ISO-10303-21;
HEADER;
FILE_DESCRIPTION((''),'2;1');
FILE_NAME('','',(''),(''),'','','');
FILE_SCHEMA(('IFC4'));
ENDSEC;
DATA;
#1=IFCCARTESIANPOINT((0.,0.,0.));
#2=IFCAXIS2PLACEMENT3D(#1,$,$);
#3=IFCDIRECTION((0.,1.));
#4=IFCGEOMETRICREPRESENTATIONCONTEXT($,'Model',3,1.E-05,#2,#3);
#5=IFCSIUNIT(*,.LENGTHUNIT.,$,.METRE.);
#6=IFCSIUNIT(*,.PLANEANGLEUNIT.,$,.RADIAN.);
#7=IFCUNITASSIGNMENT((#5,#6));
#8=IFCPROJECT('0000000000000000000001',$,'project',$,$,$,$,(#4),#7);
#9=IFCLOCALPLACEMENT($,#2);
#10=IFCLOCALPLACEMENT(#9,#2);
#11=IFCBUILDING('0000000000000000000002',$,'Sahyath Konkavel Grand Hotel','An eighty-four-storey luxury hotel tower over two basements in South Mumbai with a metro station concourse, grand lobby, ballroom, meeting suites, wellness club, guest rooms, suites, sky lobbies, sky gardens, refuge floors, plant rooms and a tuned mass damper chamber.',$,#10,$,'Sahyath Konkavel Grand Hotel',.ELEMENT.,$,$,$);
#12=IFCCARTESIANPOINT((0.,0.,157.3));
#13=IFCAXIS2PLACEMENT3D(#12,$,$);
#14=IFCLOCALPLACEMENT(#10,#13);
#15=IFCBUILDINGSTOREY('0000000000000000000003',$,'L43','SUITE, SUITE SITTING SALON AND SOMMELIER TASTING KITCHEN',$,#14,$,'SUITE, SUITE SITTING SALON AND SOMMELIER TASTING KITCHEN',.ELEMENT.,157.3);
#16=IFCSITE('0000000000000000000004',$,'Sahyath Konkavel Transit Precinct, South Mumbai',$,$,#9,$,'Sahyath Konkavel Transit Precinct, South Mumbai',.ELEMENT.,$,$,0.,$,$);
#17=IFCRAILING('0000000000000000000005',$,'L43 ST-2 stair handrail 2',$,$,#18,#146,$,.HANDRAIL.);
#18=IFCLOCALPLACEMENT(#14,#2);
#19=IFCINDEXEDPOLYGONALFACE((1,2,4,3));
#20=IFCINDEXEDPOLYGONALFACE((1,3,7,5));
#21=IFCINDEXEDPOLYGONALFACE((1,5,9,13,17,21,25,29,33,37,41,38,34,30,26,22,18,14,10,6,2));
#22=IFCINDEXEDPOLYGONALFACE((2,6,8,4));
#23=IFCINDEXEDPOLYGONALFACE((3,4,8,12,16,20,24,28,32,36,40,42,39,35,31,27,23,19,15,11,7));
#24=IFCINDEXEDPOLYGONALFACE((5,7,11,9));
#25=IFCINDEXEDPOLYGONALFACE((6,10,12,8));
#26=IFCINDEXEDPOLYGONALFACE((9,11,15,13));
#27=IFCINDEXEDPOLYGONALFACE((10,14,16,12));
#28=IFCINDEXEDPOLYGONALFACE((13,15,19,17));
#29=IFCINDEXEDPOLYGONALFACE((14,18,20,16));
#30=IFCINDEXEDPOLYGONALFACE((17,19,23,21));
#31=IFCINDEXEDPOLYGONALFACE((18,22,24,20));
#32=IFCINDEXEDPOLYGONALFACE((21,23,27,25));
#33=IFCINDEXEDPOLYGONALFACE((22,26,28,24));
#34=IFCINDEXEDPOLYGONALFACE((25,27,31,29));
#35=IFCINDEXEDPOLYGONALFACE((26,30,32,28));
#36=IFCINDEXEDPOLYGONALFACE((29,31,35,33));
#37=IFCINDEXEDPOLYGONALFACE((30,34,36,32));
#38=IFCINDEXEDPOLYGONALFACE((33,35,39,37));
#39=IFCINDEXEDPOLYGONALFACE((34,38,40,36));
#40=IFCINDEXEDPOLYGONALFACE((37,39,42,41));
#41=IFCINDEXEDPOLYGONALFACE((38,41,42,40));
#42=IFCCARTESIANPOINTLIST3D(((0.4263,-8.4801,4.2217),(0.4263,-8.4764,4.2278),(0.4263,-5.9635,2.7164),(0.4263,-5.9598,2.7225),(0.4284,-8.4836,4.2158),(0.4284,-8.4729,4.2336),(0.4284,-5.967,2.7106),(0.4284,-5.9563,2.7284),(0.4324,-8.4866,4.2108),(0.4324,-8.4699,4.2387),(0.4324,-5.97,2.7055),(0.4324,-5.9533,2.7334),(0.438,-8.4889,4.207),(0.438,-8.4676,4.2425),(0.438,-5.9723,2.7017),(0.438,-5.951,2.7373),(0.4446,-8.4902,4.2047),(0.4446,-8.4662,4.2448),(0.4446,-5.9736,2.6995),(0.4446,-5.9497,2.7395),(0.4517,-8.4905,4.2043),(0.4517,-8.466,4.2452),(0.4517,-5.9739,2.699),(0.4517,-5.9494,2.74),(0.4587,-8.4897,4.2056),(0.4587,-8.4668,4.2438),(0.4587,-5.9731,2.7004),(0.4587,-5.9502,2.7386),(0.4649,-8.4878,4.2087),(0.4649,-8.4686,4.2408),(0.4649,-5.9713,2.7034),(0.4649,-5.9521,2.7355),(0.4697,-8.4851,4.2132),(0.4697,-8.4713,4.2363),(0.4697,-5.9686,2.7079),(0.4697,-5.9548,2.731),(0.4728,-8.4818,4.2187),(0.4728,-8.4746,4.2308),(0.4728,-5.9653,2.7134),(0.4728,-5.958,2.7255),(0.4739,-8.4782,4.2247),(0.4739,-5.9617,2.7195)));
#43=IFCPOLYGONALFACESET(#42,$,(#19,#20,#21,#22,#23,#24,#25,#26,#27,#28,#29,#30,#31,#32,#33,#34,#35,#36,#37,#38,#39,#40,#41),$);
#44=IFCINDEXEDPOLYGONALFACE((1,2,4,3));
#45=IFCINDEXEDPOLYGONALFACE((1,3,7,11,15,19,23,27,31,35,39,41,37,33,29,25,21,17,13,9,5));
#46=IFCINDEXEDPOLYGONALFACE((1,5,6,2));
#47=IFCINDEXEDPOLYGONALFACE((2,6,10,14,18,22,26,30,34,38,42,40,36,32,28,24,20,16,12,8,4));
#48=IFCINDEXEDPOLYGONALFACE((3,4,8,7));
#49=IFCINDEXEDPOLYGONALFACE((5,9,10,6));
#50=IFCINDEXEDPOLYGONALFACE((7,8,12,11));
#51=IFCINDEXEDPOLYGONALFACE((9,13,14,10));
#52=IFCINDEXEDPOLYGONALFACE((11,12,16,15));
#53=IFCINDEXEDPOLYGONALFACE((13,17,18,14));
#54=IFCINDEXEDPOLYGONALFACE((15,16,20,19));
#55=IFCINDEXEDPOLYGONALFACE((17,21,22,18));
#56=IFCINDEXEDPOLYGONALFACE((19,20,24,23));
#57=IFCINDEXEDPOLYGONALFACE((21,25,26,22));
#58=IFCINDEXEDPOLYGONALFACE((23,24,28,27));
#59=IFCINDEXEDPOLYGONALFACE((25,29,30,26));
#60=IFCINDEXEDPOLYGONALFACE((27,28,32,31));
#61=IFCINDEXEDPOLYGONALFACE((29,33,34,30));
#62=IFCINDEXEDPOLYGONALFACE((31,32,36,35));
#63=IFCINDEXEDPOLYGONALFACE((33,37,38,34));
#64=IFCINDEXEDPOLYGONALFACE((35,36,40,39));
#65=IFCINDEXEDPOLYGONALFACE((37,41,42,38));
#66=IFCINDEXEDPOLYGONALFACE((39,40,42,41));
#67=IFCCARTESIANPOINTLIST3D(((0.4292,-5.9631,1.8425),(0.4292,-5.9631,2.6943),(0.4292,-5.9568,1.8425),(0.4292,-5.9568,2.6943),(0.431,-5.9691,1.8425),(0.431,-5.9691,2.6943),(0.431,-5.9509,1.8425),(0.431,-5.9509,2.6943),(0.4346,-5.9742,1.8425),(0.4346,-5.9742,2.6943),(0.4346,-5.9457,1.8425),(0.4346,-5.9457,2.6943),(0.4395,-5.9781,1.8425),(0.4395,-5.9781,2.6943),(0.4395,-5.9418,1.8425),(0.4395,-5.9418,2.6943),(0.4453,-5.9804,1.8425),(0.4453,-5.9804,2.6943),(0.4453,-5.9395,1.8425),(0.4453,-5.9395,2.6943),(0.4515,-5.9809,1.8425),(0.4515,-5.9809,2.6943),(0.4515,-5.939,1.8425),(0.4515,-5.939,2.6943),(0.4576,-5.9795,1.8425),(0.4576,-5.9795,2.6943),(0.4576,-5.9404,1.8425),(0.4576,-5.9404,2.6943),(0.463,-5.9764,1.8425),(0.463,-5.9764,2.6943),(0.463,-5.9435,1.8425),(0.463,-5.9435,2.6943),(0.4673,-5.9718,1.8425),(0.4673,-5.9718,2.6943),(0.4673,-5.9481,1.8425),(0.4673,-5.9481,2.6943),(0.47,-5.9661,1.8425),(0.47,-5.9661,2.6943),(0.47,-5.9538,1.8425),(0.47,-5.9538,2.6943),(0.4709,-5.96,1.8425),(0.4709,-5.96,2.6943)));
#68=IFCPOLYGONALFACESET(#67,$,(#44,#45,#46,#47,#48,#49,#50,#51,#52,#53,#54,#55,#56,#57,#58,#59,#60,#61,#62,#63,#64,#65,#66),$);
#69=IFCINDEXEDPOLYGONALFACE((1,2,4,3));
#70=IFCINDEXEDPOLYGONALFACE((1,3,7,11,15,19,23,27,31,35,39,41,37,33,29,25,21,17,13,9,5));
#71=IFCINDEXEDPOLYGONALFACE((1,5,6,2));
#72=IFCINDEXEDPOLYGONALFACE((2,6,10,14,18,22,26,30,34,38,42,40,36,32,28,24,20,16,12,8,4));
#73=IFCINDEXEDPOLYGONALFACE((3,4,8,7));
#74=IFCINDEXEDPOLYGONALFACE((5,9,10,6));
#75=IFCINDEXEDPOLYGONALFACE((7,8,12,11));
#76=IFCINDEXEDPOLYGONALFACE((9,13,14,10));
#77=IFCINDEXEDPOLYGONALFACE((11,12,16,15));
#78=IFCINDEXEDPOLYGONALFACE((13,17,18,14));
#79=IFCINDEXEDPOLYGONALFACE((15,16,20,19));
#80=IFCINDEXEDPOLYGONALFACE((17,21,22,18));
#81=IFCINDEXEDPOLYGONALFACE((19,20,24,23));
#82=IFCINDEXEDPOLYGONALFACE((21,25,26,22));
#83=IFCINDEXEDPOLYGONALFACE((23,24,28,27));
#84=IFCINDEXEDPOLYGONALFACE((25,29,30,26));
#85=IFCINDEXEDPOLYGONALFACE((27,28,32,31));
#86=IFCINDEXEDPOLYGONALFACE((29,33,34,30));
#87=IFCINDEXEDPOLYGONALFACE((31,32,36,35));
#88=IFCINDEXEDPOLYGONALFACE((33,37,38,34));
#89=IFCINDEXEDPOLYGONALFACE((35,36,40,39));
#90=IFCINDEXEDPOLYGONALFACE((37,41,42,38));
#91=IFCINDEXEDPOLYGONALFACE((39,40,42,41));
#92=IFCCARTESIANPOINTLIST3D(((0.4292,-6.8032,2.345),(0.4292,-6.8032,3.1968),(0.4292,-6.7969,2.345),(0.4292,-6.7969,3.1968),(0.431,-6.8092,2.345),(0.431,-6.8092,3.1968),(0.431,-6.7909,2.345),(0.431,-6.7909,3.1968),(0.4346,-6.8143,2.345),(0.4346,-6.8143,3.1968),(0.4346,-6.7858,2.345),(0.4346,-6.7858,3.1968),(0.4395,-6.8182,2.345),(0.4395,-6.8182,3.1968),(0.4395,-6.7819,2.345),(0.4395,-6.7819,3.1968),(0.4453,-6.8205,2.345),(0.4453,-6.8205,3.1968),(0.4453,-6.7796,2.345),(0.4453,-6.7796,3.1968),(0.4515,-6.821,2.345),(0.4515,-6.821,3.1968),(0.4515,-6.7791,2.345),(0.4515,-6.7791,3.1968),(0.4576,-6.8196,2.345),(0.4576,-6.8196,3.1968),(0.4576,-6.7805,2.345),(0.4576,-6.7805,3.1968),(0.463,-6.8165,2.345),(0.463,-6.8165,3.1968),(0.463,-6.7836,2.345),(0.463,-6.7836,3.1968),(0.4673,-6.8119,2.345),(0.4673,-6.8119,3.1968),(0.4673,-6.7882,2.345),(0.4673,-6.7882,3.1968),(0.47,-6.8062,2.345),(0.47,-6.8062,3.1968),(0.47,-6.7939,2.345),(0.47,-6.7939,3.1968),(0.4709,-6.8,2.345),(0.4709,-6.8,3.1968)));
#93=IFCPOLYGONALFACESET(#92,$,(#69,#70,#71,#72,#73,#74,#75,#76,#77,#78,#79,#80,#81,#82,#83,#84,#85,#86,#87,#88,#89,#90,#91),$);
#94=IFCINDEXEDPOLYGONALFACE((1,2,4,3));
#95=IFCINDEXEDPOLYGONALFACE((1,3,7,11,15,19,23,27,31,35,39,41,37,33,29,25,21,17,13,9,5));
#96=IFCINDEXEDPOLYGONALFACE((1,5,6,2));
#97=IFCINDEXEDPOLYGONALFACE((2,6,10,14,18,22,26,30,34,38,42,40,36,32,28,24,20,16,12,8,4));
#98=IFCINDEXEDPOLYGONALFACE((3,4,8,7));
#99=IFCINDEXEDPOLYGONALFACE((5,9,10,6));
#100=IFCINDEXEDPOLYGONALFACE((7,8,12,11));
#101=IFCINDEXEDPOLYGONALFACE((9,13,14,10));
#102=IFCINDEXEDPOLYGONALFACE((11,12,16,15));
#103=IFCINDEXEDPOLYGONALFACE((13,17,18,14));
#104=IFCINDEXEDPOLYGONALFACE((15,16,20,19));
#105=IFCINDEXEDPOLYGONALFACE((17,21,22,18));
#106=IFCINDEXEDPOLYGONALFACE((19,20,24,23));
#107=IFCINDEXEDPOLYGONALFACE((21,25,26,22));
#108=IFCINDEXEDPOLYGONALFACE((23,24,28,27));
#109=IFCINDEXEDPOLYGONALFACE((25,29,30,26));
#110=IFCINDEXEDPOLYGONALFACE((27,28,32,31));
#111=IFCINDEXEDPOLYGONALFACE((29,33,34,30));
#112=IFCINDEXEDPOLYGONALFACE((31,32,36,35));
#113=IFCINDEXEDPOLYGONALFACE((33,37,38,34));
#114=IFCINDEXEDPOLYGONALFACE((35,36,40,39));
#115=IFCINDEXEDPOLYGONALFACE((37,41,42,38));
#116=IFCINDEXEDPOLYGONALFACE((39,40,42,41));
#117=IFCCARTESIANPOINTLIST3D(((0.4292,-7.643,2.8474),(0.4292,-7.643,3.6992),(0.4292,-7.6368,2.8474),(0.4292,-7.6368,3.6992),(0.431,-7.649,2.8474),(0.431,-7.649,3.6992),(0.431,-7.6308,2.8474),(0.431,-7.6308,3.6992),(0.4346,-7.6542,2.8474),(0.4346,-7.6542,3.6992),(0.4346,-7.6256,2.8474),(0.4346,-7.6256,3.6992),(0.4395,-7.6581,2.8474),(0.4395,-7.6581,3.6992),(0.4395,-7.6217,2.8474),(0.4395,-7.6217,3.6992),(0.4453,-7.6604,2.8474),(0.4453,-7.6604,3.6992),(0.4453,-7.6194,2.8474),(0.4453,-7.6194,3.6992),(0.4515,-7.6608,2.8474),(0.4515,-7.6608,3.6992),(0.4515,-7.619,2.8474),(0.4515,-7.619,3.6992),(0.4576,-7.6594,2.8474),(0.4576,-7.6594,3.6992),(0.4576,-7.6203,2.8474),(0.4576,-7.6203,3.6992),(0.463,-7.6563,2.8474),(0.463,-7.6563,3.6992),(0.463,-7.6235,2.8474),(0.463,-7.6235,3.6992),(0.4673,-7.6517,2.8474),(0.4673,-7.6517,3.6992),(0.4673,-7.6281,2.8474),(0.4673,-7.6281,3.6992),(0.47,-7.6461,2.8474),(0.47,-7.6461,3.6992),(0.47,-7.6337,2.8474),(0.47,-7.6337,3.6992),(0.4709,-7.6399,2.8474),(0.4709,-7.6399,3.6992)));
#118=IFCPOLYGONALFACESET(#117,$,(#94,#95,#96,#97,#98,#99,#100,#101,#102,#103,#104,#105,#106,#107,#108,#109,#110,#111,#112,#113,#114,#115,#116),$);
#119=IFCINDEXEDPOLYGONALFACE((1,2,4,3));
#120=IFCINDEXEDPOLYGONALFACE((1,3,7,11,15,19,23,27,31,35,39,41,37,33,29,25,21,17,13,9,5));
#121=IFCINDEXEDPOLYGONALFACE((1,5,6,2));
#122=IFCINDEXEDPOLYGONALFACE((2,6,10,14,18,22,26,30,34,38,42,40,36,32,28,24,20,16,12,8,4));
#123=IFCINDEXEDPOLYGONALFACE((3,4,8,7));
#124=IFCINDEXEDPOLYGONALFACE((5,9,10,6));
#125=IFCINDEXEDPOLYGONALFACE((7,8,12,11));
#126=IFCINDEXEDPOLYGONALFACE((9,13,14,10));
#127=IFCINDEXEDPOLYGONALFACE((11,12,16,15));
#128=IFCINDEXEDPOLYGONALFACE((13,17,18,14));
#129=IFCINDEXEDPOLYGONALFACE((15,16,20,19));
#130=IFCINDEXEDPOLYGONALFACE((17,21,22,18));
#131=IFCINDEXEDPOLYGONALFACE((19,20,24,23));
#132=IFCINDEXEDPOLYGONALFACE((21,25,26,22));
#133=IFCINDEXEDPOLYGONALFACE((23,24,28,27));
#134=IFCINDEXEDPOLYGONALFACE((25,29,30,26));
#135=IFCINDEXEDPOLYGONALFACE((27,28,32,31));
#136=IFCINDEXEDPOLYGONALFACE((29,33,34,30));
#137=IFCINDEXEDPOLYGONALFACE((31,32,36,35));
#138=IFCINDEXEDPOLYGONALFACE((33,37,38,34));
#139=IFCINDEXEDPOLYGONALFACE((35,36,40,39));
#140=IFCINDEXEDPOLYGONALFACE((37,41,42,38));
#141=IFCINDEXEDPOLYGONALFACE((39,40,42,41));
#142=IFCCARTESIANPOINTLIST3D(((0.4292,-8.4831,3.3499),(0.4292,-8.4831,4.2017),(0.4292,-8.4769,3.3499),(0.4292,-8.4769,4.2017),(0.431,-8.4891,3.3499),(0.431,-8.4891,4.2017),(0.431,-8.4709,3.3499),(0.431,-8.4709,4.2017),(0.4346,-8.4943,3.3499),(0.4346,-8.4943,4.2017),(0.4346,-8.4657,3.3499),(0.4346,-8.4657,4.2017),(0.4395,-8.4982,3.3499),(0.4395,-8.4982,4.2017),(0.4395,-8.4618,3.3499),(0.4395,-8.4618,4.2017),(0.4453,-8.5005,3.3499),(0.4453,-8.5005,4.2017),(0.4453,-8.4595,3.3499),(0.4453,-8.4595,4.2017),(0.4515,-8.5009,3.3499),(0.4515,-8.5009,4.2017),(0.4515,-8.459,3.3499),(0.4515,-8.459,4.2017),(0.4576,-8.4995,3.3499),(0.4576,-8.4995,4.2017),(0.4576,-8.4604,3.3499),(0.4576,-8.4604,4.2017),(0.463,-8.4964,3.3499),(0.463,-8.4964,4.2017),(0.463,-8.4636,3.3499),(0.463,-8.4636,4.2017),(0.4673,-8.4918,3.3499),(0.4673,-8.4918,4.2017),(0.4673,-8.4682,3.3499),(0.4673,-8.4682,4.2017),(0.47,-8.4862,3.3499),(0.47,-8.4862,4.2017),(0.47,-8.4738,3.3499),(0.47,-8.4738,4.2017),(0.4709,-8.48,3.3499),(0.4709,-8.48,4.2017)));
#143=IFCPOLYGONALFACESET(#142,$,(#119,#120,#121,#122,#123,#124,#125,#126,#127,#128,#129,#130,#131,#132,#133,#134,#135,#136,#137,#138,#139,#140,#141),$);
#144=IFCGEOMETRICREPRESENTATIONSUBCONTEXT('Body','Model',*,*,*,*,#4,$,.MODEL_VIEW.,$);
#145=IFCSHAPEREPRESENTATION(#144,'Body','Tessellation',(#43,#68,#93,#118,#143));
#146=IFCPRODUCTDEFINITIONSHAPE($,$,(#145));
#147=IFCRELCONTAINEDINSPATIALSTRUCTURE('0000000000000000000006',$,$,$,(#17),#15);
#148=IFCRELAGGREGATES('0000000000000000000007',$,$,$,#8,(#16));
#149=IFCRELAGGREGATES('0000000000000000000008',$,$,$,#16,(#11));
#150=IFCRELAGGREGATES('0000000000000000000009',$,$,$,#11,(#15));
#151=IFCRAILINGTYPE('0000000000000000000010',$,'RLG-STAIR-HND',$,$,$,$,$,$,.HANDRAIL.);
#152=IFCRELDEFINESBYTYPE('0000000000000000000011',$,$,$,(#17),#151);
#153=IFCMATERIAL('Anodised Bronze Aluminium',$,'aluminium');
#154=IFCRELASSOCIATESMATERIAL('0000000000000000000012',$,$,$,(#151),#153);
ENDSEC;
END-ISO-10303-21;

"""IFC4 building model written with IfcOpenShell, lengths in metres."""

from ifc_helpers import new_model, si_unit, direction, frame, origin, origin_2d, place, context, subcontext, project, spatial, circle, extrude, material, type_object, element, save


model = new_model("IFC4")

# Units and contexts
model_context = context("Model", 3, precision=1e-05, world=origin(), true_north=direction((0.0, 1.0)))
body_context = subcontext(model_context, "Body", "Model", "MODEL_VIEW")
ifc_project = project(units=[si_unit("LENGTHUNIT", "METRE"), si_unit("PLANEANGLEUNIT", "RADIAN")], contexts=[model_context])

# Site, building, storey
site_placement = place(None, origin())
site = spatial("IfcSite", under=ifc_project, at=site_placement, Name="Sahyath Konkavel Transit Precinct, South Mumbai", LongName="Sahyath Konkavel Transit Precinct, South Mumbai", CompositionType="ELEMENT", RefElevation=0.0)
building_placement = place(site_placement, origin())
building = spatial("IfcBuilding", under=site, at=building_placement, Name="Sahyath Konkavel Grand Hotel", Description="An eighty-four-storey luxury hotel tower over two basements in South Mumbai with a metro station concourse, grand lobby, ballroom, meeting suites, wellness club, guest rooms, suites, sky lobbies, sky gardens, refuge floors, plant rooms and a tuned mass damper chamber.", LongName="Sahyath Konkavel Grand Hotel", CompositionType="ELEMENT")
storey_placement = place(building_placement, frame((0.0, 0.0, 157.3)))
storey = spatial("IfcBuildingStorey", under=building, at=storey_placement, Name="L43", Description="SUITE, SUITE SITTING SALON AND SOMMELIER TASTING KITCHEN", LongName="SUITE, SUITE SITTING SALON AND SOMMELIER TASTING KITCHEN", CompositionType="ELEMENT", Elevation=157.3)

# Railing
ifc_material_1 = material(Name="Anodised Bronze Aluminium", Category="aluminium")
railing_type_1 = type_object("IfcRailingType", Name="RLG-STAIR-HND", PredefinedType="HANDRAIL", material=ifc_material_1)
railing_1_placement = place(storey_placement, frame((0.45, -5.96, 1.8425)))
element("IfcRailing", 1, at=railing_1_placement, inside=storey, type_object=railing_type_1, Name="L43 ST-2 stair handrail 2", PredefinedType="HANDRAIL", context=body_context, shape_type="SweptSolid", body=[
    extrude(circle(Radius=0.0239, at=origin_2d()), frame((0.0, -0.0017, 0.877), z_axis=(0.0, -0.858196, 0.513321), x_axis=(1.0, 0.0, 0.0)), (0.0, 0.0, 1.0), 2.9324),
    extrude(circle(Radius=0.021, at=origin_2d()), origin(), (0.0, 0.0, 1.0), 0.8518),
    extrude(circle(Radius=0.021, at=origin_2d()), frame((0.0, -0.8401, 0.5024)), (0.0, 0.0, 1.0), 0.8518),
    extrude(circle(Radius=0.021, at=origin_2d()), frame((0.0, -1.6799, 1.0049)), (0.0, 0.0, 1.0), 0.8518),
    extrude(circle(Radius=0.021, at=origin_2d()), frame((0.0, -2.52, 1.5073)), (0.0, 0.0, 1.0), 0.8518),
])

save(model, "model.ifc")
